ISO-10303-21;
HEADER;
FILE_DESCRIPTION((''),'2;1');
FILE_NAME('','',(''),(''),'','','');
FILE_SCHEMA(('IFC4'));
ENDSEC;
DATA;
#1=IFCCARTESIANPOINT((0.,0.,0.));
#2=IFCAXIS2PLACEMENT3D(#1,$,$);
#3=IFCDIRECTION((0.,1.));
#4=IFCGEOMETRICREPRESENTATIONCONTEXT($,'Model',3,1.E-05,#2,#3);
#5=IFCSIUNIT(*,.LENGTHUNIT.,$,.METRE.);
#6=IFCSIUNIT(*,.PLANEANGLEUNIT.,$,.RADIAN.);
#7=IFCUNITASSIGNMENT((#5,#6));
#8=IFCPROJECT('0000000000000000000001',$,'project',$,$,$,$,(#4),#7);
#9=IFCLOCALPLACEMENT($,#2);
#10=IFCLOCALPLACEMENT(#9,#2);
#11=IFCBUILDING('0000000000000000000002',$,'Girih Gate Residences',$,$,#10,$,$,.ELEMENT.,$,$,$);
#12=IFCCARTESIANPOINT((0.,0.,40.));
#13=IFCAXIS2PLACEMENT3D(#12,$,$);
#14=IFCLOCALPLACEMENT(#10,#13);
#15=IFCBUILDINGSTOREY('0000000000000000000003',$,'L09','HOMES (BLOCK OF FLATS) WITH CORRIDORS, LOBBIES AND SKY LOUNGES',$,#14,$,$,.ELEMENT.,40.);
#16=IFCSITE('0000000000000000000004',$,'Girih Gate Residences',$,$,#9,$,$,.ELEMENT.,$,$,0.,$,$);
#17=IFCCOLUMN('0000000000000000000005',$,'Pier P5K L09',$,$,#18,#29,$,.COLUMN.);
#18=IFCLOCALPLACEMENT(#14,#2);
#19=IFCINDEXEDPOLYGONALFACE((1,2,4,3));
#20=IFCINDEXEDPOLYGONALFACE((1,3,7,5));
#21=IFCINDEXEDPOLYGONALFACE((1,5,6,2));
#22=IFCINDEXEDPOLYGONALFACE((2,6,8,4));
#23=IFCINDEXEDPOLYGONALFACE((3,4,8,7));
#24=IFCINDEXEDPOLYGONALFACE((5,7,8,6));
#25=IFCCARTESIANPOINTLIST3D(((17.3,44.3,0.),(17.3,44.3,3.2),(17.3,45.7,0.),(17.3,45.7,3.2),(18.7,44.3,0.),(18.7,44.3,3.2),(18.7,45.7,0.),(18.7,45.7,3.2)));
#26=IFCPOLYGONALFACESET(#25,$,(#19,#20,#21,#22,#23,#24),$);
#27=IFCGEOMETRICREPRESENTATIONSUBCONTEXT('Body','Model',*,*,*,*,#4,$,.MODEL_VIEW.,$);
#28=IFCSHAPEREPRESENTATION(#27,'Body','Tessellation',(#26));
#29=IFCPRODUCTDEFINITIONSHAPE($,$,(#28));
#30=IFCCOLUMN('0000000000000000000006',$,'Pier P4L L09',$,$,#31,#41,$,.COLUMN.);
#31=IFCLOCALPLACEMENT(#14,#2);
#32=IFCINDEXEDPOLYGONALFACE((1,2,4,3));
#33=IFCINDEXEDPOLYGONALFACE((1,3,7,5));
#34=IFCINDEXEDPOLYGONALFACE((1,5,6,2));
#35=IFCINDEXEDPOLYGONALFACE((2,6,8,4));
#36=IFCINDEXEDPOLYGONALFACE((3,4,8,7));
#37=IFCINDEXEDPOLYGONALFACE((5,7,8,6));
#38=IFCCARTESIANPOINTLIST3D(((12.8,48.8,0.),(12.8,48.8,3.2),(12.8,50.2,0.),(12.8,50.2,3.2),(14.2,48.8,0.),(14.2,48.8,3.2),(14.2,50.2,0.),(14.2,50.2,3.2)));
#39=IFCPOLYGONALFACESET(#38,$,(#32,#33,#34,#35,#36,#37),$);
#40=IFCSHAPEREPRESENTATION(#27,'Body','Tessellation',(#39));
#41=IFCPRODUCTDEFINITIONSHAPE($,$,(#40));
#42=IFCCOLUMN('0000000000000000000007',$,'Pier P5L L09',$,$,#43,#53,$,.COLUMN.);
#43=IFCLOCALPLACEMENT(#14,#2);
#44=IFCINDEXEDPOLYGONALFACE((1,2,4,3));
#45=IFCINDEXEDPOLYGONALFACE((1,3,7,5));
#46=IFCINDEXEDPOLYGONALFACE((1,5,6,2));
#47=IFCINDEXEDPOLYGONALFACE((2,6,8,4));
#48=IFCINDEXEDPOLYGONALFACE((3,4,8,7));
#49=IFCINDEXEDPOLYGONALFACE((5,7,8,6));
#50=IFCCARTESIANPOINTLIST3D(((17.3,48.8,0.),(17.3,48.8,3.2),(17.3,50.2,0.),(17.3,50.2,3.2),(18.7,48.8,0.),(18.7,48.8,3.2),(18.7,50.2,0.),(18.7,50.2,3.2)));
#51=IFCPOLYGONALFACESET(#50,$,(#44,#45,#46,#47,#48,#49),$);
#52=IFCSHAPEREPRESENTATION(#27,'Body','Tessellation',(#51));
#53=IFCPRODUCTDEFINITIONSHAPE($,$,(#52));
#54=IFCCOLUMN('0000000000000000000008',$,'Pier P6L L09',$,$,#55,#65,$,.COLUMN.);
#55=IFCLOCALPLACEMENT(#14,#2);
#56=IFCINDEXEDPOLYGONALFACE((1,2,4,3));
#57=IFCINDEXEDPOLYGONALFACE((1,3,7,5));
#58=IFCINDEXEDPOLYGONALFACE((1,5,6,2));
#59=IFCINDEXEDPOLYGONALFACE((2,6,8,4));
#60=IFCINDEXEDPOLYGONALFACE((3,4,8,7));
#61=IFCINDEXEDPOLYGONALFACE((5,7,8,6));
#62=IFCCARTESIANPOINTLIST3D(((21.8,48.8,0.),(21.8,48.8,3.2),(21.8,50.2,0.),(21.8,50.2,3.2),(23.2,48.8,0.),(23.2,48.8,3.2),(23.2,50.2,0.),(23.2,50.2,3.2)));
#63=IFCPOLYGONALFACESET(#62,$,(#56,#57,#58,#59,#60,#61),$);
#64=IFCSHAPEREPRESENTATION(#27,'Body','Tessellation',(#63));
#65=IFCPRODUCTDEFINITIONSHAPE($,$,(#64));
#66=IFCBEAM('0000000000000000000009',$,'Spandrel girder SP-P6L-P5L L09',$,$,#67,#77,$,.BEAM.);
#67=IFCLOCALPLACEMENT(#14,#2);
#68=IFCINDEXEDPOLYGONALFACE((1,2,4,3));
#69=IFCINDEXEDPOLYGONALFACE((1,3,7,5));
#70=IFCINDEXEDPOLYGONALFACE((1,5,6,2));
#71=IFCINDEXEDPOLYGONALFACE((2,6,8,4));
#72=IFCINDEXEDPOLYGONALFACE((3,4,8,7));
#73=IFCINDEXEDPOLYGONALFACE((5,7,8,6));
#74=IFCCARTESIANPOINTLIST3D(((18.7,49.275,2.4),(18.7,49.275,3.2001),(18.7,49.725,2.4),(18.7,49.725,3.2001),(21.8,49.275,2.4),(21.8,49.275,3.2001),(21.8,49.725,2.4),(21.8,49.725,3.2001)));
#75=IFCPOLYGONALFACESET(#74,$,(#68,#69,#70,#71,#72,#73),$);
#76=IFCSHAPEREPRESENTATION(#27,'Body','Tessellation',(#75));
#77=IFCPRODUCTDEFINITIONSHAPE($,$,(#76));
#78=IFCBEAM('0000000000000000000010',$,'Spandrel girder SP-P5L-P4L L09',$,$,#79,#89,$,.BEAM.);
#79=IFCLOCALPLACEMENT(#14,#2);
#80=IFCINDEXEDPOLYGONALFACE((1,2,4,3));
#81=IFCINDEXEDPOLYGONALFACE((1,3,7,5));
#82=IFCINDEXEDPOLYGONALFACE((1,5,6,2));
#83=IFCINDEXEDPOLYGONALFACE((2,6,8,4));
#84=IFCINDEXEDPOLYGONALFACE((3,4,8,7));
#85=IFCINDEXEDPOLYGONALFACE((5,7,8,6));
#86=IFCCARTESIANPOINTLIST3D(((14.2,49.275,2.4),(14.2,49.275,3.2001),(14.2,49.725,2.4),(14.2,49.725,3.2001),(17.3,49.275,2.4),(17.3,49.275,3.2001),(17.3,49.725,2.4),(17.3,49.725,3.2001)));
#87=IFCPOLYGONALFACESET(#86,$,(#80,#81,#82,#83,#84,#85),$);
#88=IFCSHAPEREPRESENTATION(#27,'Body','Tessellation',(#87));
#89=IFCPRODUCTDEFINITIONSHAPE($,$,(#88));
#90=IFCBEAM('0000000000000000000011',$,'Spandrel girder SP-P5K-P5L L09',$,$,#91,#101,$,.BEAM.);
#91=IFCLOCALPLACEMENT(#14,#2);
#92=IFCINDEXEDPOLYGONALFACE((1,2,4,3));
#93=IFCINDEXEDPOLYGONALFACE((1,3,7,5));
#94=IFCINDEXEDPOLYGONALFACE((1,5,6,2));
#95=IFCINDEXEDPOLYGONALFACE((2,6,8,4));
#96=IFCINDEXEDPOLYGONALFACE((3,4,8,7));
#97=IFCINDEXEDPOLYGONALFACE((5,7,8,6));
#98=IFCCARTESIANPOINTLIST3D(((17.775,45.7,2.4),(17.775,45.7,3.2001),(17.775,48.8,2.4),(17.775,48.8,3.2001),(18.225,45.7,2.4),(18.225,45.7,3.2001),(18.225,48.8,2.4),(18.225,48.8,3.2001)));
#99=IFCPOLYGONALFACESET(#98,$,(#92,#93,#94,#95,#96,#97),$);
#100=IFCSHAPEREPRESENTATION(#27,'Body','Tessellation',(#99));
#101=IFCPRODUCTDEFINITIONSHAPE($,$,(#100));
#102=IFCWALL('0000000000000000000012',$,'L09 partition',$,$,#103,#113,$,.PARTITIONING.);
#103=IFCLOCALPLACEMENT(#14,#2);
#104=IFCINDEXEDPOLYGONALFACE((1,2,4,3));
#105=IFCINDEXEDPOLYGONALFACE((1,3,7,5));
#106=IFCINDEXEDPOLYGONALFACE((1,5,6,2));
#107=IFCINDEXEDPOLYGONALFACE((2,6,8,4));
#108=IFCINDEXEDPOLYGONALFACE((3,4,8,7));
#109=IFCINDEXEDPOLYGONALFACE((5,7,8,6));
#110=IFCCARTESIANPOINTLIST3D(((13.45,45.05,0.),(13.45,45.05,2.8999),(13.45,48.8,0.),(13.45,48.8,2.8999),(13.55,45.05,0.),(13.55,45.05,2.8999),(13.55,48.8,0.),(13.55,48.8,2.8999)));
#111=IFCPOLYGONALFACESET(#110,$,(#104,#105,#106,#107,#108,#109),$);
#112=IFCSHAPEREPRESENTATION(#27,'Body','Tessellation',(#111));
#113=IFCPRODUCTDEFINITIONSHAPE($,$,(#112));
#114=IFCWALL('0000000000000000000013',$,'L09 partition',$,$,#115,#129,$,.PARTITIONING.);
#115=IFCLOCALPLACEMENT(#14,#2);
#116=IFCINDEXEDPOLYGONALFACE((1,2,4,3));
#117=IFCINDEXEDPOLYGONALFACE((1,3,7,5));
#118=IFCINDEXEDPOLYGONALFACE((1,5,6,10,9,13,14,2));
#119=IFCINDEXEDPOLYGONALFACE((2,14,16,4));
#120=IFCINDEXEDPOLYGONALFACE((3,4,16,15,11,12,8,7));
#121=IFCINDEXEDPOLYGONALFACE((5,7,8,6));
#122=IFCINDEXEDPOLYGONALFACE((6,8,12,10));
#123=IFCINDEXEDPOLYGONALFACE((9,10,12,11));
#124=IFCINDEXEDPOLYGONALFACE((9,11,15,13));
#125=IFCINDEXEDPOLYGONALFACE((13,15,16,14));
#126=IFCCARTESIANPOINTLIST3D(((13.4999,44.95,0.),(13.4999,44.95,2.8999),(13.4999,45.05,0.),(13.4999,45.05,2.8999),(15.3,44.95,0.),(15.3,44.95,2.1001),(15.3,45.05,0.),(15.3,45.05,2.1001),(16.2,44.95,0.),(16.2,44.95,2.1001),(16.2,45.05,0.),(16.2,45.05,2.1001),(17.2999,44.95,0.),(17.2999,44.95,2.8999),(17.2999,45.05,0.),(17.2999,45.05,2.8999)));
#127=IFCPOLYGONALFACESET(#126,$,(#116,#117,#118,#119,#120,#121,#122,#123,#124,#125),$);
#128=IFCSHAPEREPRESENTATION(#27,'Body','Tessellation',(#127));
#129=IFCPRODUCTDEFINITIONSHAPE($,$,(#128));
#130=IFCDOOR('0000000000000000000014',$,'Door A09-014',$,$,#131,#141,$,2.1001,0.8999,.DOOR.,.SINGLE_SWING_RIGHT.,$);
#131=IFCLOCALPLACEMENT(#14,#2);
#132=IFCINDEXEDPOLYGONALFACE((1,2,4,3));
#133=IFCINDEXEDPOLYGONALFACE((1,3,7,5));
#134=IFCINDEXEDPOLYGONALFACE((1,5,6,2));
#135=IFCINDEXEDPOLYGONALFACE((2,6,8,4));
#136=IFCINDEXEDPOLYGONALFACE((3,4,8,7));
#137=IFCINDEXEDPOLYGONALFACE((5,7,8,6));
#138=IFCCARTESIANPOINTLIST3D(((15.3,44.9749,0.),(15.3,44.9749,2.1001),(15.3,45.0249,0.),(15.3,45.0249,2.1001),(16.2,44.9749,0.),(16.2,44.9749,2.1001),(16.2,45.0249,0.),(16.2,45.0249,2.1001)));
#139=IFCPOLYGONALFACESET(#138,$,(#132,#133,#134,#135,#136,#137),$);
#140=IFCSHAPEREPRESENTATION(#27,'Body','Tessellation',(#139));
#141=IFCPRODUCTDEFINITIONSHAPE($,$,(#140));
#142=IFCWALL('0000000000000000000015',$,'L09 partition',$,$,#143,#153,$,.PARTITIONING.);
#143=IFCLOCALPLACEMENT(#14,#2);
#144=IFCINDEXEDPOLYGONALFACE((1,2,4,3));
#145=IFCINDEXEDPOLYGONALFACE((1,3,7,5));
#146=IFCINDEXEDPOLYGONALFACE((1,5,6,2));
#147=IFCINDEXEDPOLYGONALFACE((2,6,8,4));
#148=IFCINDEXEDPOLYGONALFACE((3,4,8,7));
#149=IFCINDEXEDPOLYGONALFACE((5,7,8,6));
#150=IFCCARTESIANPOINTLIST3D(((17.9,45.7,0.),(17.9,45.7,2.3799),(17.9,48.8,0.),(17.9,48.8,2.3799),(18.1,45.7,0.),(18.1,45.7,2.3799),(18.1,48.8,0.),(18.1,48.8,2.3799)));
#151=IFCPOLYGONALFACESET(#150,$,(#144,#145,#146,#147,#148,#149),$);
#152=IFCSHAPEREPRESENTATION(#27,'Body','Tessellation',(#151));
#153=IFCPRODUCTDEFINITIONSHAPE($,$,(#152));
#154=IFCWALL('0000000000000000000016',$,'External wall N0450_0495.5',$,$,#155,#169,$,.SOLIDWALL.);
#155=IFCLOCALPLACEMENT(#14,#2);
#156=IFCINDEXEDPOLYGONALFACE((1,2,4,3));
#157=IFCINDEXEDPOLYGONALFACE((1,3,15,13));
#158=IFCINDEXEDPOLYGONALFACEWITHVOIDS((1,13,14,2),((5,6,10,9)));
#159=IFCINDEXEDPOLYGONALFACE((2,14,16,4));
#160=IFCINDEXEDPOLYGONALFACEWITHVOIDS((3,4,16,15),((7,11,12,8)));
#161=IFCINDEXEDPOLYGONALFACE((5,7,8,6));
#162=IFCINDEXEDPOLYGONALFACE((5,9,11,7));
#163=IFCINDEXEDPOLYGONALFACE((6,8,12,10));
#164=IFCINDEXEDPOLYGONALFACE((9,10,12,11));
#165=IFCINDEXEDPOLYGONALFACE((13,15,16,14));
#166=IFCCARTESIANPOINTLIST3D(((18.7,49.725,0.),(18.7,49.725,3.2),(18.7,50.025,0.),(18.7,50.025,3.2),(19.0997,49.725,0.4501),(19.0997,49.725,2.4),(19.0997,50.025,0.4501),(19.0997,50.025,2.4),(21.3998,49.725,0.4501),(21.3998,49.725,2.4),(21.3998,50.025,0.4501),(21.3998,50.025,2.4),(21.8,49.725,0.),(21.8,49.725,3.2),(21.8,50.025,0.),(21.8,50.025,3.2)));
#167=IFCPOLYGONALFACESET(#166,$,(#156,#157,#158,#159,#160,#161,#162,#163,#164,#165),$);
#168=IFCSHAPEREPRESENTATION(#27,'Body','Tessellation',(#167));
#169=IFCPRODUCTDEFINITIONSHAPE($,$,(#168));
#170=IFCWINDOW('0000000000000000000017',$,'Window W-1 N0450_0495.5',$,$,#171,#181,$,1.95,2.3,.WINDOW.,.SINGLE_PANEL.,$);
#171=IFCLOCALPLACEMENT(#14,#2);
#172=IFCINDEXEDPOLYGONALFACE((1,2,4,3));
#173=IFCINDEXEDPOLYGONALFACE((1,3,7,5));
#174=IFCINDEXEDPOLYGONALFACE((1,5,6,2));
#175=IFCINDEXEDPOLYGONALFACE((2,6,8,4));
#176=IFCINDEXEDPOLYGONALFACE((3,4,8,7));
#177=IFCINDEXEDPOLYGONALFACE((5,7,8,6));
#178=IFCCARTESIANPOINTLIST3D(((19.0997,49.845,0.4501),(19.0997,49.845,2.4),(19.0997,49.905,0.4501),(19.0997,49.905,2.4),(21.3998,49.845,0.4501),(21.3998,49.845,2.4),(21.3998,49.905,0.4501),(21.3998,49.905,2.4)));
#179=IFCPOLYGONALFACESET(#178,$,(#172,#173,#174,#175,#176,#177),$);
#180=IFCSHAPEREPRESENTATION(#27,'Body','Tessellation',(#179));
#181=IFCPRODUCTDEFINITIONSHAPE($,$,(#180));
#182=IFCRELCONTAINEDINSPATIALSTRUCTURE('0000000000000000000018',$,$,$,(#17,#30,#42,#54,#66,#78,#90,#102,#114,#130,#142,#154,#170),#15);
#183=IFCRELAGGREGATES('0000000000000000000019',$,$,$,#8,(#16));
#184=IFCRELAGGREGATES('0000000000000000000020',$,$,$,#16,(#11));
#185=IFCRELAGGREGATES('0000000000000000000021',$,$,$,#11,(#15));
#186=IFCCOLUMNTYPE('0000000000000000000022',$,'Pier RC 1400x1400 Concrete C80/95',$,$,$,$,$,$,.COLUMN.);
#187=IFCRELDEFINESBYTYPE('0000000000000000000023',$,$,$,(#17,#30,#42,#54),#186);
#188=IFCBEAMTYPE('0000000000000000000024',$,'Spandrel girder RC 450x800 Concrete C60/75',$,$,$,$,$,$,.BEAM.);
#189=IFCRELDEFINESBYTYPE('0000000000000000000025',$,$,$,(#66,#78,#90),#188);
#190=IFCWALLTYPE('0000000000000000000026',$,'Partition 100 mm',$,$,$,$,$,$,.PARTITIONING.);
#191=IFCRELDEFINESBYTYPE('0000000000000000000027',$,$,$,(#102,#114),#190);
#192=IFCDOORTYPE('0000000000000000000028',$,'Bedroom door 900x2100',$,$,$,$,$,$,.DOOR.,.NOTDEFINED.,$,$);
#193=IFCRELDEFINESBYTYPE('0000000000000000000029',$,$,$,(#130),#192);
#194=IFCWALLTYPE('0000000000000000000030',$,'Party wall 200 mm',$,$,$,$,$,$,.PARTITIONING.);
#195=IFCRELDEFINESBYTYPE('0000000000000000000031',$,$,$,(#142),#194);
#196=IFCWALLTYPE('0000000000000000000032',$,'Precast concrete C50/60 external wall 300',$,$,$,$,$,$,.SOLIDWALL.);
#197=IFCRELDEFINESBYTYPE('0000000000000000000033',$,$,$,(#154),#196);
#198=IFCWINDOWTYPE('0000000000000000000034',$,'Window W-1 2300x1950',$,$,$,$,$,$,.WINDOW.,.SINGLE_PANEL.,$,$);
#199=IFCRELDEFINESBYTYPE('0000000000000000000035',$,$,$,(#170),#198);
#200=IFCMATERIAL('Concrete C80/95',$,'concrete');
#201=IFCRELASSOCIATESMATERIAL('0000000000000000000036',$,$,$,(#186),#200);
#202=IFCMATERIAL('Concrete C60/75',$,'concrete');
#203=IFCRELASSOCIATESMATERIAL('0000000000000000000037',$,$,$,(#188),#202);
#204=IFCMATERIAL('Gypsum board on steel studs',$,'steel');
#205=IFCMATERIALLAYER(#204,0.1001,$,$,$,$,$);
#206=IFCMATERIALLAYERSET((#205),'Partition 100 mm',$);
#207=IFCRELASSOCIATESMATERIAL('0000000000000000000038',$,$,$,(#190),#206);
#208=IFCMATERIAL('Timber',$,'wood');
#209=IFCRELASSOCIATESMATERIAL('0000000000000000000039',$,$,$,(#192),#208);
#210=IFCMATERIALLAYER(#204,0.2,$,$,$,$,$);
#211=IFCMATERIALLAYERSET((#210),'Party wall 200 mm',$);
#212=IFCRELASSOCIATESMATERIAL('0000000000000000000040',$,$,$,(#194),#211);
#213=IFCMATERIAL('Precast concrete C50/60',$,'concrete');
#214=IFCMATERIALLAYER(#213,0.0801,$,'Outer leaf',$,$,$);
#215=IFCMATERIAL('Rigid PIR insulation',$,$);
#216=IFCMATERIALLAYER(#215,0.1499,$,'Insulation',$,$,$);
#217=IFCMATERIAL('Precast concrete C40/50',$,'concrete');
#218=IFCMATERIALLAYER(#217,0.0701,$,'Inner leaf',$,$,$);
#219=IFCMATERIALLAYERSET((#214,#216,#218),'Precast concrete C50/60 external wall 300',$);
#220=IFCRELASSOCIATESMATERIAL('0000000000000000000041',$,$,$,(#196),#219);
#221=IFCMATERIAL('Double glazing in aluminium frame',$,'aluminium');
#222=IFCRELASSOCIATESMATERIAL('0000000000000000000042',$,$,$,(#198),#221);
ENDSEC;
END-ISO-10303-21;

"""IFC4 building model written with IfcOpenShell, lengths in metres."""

from ifc_helpers import new_model, si_unit, direction, frame, frame_2d, origin, origin_2d, place, context, subcontext, project, spatial, rectangle, extrude, material, layer, layer_set, material_profile, profile_set, type_object, element, fill, save


model = new_model("IFC4")

# Units and contexts
model_context = context("Model", 3, precision=1e-05, world=origin(), true_north=direction((0.0, 1.0)))
body_context = subcontext(model_context, "Body", "Model", "MODEL_VIEW")
ifc_project = project(units=[si_unit("LENGTHUNIT", "METRE"), si_unit("PLANEANGLEUNIT", "RADIAN")], contexts=[model_context])

# Site, building, storey
site_placement = place(None, origin())
site = spatial("IfcSite", under=ifc_project, at=site_placement, Name="Girih Gate Residences", CompositionType="ELEMENT", RefElevation=0.0)
building_placement = place(site_placement, origin())
building = spatial("IfcBuilding", under=site, at=building_placement, Name="Girih Gate Residences", CompositionType="ELEMENT")
storey_placement = place(building_placement, frame((0.0, 0.0, 40.0)))
storey = spatial("IfcBuildingStorey", under=building, at=storey_placement, Name="L09", Description="HOMES (BLOCK OF FLATS) WITH CORRIDORS, LOBBIES AND SKY LOUNGES", CompositionType="ELEMENT", Elevation=40.0)

# Columns
ifc_material_1 = material(Name="Concrete C80/95", Category="concrete")
ifc_material_profile_1 = material_profile(ifc_material_1, rectangle(XDim=1.3999, YDim=1.3999, at=origin_2d()))
ifc_profile_set_1 = profile_set([ifc_material_profile_1], Name="Concrete C80/95")
column_type = type_object("IfcColumnType", Name="Pier RC 1400x1400 Concrete C80/95", PredefinedType="COLUMN", material=ifc_profile_set_1)
for number, where, z_axis, x_axis, name in (
    (1, (18.0, 45.0, 0.0), (0.0, 0.0, 1.0), (1.0, 0.0, 0.0), "Pier P5K L09"),
    (2, (13.5, 49.5, 0.0), (0.0, 0.0, 1.0), (1.0, 0.0, 0.0), "Pier P4L L09"),
    (3, (18.0, 49.5, 0.0), (0.0, 0.0, 1.0), (1.0, 0.0, 0.0), "Pier P5L L09"),
    (4, (22.5, 49.5, 0.0), (0.0, 0.0, 1.0), (1.0, 0.0, 0.0), "Pier P6L L09"),
):
    element("IfcColumn", number, at=place(storey_placement, frame(where, z_axis=z_axis, x_axis=x_axis)), inside=storey, type_object=column_type, Name=name, PredefinedType="COLUMN", context=body_context, shape_type="SweptSolid", body=[
        extrude(rectangle(XDim=1.3999, YDim=1.3999, at=origin_2d()), origin(), (0.0, 0.0, 1.0), 3.2),
    ])

# Beams
ifc_material_2 = material(Name="Concrete C60/75", Category="concrete")
ifc_material_profile_2 = material_profile(ifc_material_2, rectangle(XDim=0.45, YDim=0.8, at=origin_2d()))
ifc_profile_set_2 = profile_set([ifc_material_profile_2], Name="Concrete C60/75")
beam_type = type_object("IfcBeamType", Name="Spandrel girder RC 450x800 Concrete C60/75", PredefinedType="BEAM", material=ifc_profile_set_2)
for number, where, z_axis, x_axis, name in (
    (5, (21.8, 49.5, 2.8), (-1.0, 0.0, 0.0), (0.0, -1.0, 0.0), "Spandrel girder SP-P6L-P5L L09"),
    (6, (17.3, 49.5, 2.8), (-1.0, 0.0, 0.0), (0.0, -1.0, 0.0), "Spandrel girder SP-P5L-P4L L09"),
    (7, (18.0, 45.7, 2.8), (0.0, 1.0, 0.0), (-1.0, 0.0, 0.0), "Spandrel girder SP-P5K-P5L L09"),
):
    element("IfcBeam", number, at=place(storey_placement, frame(where, z_axis=z_axis, x_axis=x_axis)), inside=storey, type_object=beam_type, Name=name, PredefinedType="BEAM", context=body_context, shape_type="SweptSolid", body=[
        extrude(rectangle(XDim=0.45, YDim=0.8, at=origin_2d()), origin(), (0.0, 0.0, 1.0), 3.1001),
    ])

# Wall
ifc_material_3 = material(Name="Gypsum board on steel studs", Category="steel")
ifc_layer_1 = layer(ifc_material_3, 0.1001)
ifc_layer_set_1 = layer_set([ifc_layer_1], Name="Partition 100 mm")
wall_type_1 = type_object("IfcWallType", Name="Partition 100 mm", PredefinedType="PARTITIONING", material=ifc_layer_set_1)
wall_1_placement = place(storey_placement, frame((13.5, 45.05, 0.0), z_axis=(0.0, 0.0, 1.0), x_axis=(0.0, 1.0, 0.0)))
element("IfcWall", 8, at=wall_1_placement, inside=storey, type_object=wall_type_1, Name="L09 partition", PredefinedType="PARTITIONING", context=body_context, shape_type="SweptSolid", body=[
    extrude(rectangle(XDim=3.75, YDim=0.1001, at=frame_2d((1.875, 0.0))), origin(), (0.0, 0.0, 1.0), 2.8999),
])

# Wall, opening, door
wall_2_placement = place(storey_placement, frame((13.5, 45.0, 0.0), z_axis=(0.0, 0.0, 1.0), x_axis=(1.0, 0.0, 0.0)))
wall_2 = element("IfcWall", 9, at=wall_2_placement, inside=storey, type_object=wall_type_1, Name="L09 partition", PredefinedType="PARTITIONING", context=body_context, shape_type="SweptSolid", body=[
    extrude(rectangle(XDim=3.8, YDim=0.1001, at=frame_2d((1.8999, 0.0))), origin(), (0.0, 0.0, 1.0), 2.8999),
])
opening_1_placement = place(wall_2_placement, frame((1.8, 0.0, 0.0)))
opening_1 = element("IfcOpeningElement", 10, at=opening_1_placement, cuts=wall_2, PredefinedType="OPENING", context=body_context, shape_type="SweptSolid", body=[
    extrude(rectangle(XDim=0.8999, YDim=2.1001, at=frame_2d((0.45, 1.05))), frame((0.0, 0.0601, 0.0), z_axis=(0.0, -1.0, 0.0), x_axis=(1.0, 0.0, 0.0)), (0.0, 0.0, 1.0), 0.1201),
])
ifc_material_4 = material(Name="Timber", Category="wood")
door_type_1 = type_object("IfcDoorType", Name="Bedroom door 900x2100", OperationType="NOTDEFINED", PredefinedType="DOOR", material=ifc_material_4)
door_1_placement = place(opening_1_placement, origin())
door_1 = element("IfcDoor", 11, at=door_1_placement, inside=storey, type_object=door_type_1, Name="Door A09-014", OperationType="SINGLE_SWING_RIGHT", OverallHeight=2.1001, OverallWidth=0.8999, PredefinedType="DOOR", context=body_context, shape_type="SweptSolid", body=[
    extrude(rectangle(XDim=0.8999, YDim=2.1001, at=frame_2d((0.45, 1.05))), frame((0.0, 0.0249, 0.0), z_axis=(0.0, -1.0, 0.0), x_axis=(1.0, 0.0, 0.0)), (0.0, 0.0, 1.0), 0.05),
])
fill(opening_1, door_1)

# Wall
ifc_layer_2 = layer(ifc_material_3, 0.2)
ifc_layer_set_2 = layer_set([ifc_layer_2], Name="Party wall 200 mm")
wall_type_2 = type_object("IfcWallType", Name="Party wall 200 mm", PredefinedType="PARTITIONING", material=ifc_layer_set_2)
wall_3_placement = place(storey_placement, frame((18.0, 45.7, 0.0), z_axis=(0.0, 0.0, 1.0), x_axis=(0.0, 1.0, 0.0)))
element("IfcWall", 12, at=wall_3_placement, inside=storey, type_object=wall_type_2, Name="L09 partition", PredefinedType="PARTITIONING", context=body_context, shape_type="SweptSolid", body=[
    extrude(rectangle(XDim=3.1001, YDim=0.2, at=frame_2d((1.55, 0.0))), origin(), (0.0, 0.0, 1.0), 2.3799),
])

# Wall, opening, window
ifc_material_5 = material(Name="Precast concrete C50/60", Category="concrete")
ifc_layer_3 = layer(ifc_material_5, 0.0801, Name="Outer leaf")
ifc_material_6 = material(Name="Rigid PIR insulation")
ifc_layer_4 = layer(ifc_material_6, 0.1499, Name="Insulation")
ifc_material_7 = material(Name="Precast concrete C40/50", Category="concrete")
ifc_layer_5 = layer(ifc_material_7, 0.0701, Name="Inner leaf")
ifc_layer_set_3 = layer_set([ifc_layer_3, ifc_layer_4, ifc_layer_5], Name="Precast concrete C50/60 external wall 300")
wall_type_3 = type_object("IfcWallType", Name="Precast concrete C50/60 external wall 300", PredefinedType="SOLIDWALL", material=ifc_layer_set_3)
wall_4_placement = place(storey_placement, frame((18.7, 49.875, 0.0), z_axis=(0.0, 0.0, 1.0), x_axis=(1.0, 0.0, 0.0)))
wall_4 = element("IfcWall", 13, at=wall_4_placement, inside=storey, type_object=wall_type_3, Name="External wall N0450_0495.5", PredefinedType="SOLIDWALL", context=body_context, shape_type="SweptSolid", body=[
    extrude(rectangle(XDim=3.1001, YDim=0.3, at=frame_2d((1.55, 0.0))), origin(), (0.0, 0.0, 1.0), 3.2),
])
opening_2_placement = place(wall_4_placement, frame((0.3999, 0.0, 0.45)))
opening_2 = element("IfcOpeningElement", 14, at=opening_2_placement, cuts=wall_4, PredefinedType="OPENING", context=body_context, shape_type="SweptSolid", body=[
    extrude(rectangle(XDim=2.3, YDim=1.95, at=frame_2d((1.1499, 0.9751))), frame((0.0, 0.1599, 0.0), z_axis=(0.0, -1.0, 0.0), x_axis=(1.0, 0.0, 0.0)), (0.0, 0.0, 1.0), 0.3201),
])
ifc_material_8 = material(Name="Double glazing in aluminium frame", Category="aluminium")
window_type = type_object("IfcWindowType", Name="Window W-1 2300x1950", PartitioningType="SINGLE_PANEL", PredefinedType="WINDOW", material=ifc_material_8)
window_1_placement = place(opening_2_placement, origin())
window_1 = element("IfcWindow", 15, at=window_1_placement, inside=storey, type_object=window_type, Name="Window W-1 N0450_0495.5", OverallHeight=1.95, OverallWidth=2.3, PartitioningType="SINGLE_PANEL", PredefinedType="WINDOW", context=body_context, shape_type="SweptSolid", body=[
    extrude(rectangle(XDim=2.3, YDim=1.95, at=frame_2d((1.1499, 0.9751))), frame((0.0, 0.03, 0.0), z_axis=(0.0, -1.0, 0.0), x_axis=(1.0, 0.0, 0.0)), (0.0, 0.0, 1.0), 0.0601),
])
fill(opening_2, window_1)

save(model, "model.ifc")
